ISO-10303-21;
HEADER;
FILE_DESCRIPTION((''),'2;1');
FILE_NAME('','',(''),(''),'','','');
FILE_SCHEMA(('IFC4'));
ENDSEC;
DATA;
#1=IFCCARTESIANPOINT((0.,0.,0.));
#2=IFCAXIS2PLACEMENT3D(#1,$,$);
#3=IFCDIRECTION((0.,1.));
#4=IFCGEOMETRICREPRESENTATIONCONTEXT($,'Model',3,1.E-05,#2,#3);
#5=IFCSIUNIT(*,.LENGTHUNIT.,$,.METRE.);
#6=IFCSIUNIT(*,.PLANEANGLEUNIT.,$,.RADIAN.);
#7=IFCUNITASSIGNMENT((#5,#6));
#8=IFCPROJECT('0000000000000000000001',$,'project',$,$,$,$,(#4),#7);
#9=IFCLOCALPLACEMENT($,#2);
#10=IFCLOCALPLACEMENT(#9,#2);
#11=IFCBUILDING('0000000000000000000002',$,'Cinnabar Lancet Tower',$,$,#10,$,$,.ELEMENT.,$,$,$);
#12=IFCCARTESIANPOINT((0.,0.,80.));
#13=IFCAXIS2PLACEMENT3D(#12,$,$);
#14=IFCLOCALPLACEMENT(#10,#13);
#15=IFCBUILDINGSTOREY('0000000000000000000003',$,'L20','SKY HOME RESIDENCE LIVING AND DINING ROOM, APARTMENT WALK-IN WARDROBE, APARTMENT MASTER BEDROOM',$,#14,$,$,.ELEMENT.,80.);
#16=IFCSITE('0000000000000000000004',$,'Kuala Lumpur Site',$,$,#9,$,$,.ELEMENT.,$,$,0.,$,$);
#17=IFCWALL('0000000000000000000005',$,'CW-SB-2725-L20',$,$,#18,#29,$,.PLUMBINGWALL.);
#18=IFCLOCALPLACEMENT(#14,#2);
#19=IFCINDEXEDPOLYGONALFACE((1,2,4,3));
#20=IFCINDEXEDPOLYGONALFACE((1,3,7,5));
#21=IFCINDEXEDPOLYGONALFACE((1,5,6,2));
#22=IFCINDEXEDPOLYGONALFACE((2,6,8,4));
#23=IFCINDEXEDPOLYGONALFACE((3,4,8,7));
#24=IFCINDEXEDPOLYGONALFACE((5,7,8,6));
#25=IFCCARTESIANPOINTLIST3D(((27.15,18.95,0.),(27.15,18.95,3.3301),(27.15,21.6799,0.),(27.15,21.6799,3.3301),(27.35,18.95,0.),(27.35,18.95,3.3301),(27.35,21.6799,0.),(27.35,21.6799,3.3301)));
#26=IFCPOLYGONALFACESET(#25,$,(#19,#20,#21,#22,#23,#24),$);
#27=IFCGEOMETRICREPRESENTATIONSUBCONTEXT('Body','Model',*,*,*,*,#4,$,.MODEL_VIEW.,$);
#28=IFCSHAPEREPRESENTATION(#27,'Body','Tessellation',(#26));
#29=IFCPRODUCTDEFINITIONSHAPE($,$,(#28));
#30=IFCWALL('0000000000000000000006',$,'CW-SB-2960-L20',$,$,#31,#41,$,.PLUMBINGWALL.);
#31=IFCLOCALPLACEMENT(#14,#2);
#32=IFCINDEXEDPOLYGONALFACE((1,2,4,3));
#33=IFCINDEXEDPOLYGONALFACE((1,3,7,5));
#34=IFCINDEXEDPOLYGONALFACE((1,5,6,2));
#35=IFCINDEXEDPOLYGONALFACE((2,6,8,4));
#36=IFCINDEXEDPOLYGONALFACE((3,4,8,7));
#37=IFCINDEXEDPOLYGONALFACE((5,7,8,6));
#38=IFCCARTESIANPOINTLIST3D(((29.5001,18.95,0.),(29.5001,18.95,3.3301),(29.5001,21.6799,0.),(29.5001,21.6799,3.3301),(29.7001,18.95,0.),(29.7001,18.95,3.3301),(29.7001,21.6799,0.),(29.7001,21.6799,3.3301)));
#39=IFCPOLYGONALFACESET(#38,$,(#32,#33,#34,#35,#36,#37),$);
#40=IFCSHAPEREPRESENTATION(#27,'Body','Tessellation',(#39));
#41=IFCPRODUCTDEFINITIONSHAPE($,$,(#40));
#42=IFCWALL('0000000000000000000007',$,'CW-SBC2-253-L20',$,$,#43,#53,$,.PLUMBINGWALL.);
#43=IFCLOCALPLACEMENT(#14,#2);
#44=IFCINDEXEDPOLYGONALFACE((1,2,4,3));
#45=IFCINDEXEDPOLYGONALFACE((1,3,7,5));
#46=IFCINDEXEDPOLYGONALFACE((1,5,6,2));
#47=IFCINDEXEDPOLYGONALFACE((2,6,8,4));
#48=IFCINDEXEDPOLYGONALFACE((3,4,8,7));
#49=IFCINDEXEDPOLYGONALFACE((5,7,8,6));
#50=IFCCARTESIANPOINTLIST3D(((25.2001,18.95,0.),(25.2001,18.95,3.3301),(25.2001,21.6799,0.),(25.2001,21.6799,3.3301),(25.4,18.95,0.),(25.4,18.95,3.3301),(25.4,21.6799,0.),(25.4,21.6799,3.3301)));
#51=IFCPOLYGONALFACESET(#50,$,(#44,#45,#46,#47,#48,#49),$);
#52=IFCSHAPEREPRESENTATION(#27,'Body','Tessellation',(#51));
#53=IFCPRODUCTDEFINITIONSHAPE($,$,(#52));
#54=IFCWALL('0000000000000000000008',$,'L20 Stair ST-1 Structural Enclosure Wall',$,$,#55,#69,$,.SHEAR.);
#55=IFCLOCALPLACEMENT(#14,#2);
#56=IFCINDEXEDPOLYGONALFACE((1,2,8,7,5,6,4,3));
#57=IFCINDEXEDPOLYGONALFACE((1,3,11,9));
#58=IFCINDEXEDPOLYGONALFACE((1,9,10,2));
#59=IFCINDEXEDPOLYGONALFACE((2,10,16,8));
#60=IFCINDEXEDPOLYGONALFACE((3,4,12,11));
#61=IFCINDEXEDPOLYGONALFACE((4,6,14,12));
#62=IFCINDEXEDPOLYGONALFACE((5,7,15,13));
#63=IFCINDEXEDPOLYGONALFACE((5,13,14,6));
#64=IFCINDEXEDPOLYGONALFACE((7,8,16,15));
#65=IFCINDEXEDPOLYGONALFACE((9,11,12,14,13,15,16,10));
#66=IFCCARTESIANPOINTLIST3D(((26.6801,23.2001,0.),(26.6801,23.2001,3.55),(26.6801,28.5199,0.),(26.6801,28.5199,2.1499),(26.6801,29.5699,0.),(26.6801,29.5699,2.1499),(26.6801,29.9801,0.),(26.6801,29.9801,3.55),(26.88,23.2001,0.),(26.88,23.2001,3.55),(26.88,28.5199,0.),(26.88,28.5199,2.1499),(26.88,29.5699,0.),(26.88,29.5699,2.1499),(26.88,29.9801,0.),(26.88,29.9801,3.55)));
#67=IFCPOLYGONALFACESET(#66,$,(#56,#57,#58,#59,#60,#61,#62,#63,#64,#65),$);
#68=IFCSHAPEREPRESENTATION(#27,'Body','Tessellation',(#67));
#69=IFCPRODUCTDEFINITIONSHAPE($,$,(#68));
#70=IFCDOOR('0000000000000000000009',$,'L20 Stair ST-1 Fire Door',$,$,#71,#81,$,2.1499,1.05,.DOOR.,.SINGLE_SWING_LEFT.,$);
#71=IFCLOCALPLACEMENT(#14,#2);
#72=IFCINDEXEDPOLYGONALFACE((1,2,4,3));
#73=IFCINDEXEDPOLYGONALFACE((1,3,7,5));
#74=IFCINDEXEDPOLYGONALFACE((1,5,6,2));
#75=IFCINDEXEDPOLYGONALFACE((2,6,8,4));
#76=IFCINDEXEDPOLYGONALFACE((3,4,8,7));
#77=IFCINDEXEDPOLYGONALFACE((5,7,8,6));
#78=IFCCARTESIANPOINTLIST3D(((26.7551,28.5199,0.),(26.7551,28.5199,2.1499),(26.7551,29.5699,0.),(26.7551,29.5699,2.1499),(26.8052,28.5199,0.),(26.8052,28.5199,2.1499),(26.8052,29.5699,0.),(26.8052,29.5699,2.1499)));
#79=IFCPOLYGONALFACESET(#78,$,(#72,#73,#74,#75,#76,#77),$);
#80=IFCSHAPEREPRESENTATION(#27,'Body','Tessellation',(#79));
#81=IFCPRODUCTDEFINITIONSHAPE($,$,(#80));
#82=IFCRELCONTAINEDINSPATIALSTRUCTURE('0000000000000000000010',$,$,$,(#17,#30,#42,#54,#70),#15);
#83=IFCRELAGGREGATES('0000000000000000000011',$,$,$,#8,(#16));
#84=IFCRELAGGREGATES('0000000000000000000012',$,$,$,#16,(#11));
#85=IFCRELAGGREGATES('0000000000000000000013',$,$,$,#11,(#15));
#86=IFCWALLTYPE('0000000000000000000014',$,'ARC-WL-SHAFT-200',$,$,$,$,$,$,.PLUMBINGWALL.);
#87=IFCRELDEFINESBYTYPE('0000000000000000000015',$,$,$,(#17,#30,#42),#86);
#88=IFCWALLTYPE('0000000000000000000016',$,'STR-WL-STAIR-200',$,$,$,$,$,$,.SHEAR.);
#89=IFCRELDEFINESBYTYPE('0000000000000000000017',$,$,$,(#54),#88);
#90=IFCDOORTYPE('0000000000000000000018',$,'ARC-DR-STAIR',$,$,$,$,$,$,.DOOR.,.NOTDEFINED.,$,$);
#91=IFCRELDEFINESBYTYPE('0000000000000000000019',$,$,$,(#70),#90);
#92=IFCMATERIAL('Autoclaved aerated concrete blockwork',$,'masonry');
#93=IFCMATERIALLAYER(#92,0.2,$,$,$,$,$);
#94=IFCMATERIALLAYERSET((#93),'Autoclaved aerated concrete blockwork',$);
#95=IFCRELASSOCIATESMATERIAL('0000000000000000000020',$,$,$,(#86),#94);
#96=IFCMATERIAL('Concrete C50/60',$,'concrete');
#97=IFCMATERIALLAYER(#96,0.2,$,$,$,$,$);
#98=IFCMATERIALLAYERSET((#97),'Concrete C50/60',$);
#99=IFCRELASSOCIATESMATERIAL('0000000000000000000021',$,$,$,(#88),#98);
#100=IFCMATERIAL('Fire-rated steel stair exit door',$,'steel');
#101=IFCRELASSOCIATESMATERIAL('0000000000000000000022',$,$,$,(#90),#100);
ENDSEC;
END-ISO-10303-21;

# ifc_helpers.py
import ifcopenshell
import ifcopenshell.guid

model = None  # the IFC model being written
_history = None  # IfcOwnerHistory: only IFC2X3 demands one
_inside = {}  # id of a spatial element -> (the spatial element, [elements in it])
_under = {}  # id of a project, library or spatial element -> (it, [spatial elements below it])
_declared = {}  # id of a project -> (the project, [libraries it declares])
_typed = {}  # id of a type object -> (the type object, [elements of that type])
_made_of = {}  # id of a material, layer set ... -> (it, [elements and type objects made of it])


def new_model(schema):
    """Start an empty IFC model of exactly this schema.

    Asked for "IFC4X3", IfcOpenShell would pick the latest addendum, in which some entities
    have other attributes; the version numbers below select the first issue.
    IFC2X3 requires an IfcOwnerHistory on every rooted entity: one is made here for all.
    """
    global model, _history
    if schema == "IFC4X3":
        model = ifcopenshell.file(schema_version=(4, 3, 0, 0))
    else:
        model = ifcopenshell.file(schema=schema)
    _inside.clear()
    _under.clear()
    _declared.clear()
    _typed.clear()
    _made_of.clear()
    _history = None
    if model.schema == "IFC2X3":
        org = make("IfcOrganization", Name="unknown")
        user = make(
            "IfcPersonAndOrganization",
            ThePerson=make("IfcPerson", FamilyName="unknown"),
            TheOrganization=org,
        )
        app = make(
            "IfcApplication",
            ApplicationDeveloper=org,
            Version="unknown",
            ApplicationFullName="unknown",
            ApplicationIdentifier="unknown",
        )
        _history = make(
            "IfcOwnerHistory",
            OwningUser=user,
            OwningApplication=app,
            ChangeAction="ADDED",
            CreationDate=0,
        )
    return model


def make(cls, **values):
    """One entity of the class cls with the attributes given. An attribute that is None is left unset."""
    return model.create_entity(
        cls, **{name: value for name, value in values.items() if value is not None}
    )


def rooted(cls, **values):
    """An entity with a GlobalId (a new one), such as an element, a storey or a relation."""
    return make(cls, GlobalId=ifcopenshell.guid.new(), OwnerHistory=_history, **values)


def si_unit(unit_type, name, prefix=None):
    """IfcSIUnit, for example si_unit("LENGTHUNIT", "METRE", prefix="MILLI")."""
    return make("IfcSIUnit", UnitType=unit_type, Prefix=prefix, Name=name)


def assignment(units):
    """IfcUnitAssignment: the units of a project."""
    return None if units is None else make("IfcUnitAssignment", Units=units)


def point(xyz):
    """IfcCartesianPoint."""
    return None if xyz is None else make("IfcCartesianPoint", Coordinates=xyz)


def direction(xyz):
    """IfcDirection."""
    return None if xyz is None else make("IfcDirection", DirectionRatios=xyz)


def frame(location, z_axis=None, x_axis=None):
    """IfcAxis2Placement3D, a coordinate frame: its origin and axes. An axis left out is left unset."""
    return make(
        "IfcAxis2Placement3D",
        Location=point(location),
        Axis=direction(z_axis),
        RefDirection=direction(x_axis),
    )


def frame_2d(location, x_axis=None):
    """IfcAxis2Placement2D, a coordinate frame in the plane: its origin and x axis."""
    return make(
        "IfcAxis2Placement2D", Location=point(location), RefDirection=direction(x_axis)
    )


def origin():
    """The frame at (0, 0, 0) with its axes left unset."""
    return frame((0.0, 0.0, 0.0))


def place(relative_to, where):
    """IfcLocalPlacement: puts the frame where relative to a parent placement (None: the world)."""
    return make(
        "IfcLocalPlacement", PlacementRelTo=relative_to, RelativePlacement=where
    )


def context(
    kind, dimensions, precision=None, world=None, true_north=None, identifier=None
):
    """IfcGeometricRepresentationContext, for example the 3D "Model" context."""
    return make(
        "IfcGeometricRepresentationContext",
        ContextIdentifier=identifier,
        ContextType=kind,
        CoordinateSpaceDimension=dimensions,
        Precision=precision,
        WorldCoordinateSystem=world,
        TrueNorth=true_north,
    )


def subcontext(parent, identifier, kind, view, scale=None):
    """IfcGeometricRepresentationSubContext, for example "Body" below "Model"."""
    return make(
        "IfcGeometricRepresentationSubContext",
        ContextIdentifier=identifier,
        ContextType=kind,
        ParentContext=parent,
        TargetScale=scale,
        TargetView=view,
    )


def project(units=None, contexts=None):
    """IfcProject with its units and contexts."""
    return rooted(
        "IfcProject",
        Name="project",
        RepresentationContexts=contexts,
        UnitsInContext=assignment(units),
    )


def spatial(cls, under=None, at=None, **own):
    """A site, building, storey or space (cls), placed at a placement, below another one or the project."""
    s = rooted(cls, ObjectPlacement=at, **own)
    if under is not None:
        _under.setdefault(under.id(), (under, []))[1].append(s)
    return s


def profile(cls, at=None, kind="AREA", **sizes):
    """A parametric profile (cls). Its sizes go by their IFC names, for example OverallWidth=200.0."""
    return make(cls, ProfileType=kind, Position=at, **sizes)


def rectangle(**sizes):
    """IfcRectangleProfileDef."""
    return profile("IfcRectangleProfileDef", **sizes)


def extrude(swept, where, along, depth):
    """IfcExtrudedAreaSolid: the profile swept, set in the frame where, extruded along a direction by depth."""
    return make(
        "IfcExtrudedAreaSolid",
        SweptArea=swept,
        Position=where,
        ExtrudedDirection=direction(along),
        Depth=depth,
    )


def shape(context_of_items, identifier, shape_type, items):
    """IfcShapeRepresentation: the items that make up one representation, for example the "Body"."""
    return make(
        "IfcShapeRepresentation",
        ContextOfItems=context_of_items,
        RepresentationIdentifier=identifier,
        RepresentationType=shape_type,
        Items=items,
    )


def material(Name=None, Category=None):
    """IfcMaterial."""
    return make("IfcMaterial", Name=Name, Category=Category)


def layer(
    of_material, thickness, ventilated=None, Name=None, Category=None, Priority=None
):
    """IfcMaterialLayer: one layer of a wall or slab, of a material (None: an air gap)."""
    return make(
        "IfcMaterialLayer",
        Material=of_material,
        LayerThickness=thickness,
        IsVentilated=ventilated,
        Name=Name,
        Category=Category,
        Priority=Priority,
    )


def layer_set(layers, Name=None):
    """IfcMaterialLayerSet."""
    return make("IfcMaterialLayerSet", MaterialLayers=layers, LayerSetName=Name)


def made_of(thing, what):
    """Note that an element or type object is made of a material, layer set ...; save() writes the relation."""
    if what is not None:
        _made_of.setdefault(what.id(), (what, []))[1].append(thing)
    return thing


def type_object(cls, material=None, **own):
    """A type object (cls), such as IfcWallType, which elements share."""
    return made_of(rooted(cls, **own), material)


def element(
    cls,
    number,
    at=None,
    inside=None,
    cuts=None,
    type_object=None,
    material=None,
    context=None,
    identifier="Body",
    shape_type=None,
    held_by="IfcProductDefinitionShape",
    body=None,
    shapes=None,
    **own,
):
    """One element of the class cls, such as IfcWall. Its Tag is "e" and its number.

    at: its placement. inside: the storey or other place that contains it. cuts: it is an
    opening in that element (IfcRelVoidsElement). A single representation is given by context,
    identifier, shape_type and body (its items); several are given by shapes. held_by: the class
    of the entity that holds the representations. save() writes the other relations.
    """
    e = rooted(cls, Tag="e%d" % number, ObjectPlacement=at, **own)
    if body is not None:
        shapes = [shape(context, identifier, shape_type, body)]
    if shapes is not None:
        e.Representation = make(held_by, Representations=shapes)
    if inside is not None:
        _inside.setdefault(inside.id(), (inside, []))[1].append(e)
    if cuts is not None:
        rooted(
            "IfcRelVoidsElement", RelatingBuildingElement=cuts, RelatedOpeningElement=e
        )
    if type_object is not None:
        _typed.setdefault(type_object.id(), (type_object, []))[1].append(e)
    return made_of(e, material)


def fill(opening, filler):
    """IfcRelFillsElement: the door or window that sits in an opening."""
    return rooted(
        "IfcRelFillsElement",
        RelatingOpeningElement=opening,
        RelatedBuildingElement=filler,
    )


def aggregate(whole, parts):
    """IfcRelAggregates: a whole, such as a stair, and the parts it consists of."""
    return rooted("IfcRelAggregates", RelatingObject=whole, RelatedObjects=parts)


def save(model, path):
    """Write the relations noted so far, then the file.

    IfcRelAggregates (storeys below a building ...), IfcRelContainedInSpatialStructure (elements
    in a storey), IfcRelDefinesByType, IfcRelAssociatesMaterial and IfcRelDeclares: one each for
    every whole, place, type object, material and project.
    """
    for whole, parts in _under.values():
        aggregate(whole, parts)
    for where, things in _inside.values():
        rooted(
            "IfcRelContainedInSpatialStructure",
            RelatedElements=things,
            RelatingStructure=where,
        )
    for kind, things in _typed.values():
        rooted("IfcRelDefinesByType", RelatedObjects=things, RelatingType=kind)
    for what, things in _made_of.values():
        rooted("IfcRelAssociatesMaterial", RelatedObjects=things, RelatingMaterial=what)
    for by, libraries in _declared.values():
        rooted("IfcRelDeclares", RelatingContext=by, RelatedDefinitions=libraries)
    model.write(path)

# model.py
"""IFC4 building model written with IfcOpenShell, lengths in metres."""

from ifc_helpers import new_model, si_unit, direction, frame, frame_2d, origin, place, context, subcontext, project, spatial, rectangle, extrude, material, layer, layer_set, type_object, element, fill, save


model = new_model("IFC4")

# Units and contexts
model_context = context("Model", 3, precision=1e-05, world=origin(), true_north=direction((0.0, 1.0)))
body_context = subcontext(model_context, "Body", "Model", "MODEL_VIEW")
ifc_project = project(units=[si_unit("LENGTHUNIT", "METRE"), si_unit("PLANEANGLEUNIT", "RADIAN")], contexts=[model_context])

# Site, building, storey
site_placement = place(None, origin())
site = spatial("IfcSite", under=ifc_project, at=site_placement, Name="Kuala Lumpur Site", CompositionType="ELEMENT", RefElevation=0.0)
building_placement = place(site_placement, origin())
building = spatial("IfcBuilding", under=site, at=building_placement, Name="Cinnabar Lancet Tower", CompositionType="ELEMENT")
storey_placement = place(building_placement, frame((0.0, 0.0, 80.0)))
storey = spatial("IfcBuildingStorey", under=building, at=storey_placement, Name="L20", Description="SKY HOME RESIDENCE LIVING AND DINING ROOM, APARTMENT WALK-IN WARDROBE, APARTMENT MASTER BEDROOM", CompositionType="ELEMENT", Elevation=80.0)

# Shared definitions
ifc_material_1 = material(Name="Autoclaved aerated concrete blockwork", Category="masonry")
ifc_layer_1 = layer(ifc_material_1, 0.2)
ifc_layer_set_1 = layer_set([ifc_layer_1], Name="Autoclaved aerated concrete blockwork")
wall_type_1 = type_object("IfcWallType", Name="ARC-WL-SHAFT-200", PredefinedType="PLUMBINGWALL", material=ifc_layer_set_1)

# Walls
for number, where, z_axis, x_axis, name in (
    (1, (27.25, 18.95, 0.0), (0.0, 0.0, 1.0), (0.0, 1.0, 0.0), "CW-SB-2725-L20"),
    (2, (29.6001, 18.95, 0.0), (0.0, 0.0, 1.0), (0.0, 1.0, 0.0), "CW-SB-2960-L20"),
    (3, (25.3, 18.95, 0.0), (0.0, 0.0, 1.0), (0.0, 1.0, 0.0), "CW-SBC2-253-L20"),
):
    element("IfcWall", number, at=place(storey_placement, frame(where, z_axis=z_axis, x_axis=x_axis)), inside=storey, type_object=wall_type_1, Name=name, PredefinedType="PLUMBINGWALL", context=body_context, shape_type="SweptSolid", body=[
        extrude(rectangle(XDim=2.73, YDim=0.2, at=frame_2d((1.365, 0.0))), origin(), (0.0, 0.0, 1.0), 3.3301),
    ])

# Wall, opening, door
ifc_material_2 = material(Name="Concrete C50/60", Category="concrete")
ifc_layer_2 = layer(ifc_material_2, 0.2)
ifc_layer_set_2 = layer_set([ifc_layer_2], Name="Concrete C50/60")
wall_type_2 = type_object("IfcWallType", Name="STR-WL-STAIR-200", PredefinedType="SHEAR", material=ifc_layer_set_2)
wall_1_placement = place(storey_placement, frame((26.78, 23.2, 0.0), z_axis=(0.0, 0.0, 1.0), x_axis=(0.0, 1.0, 0.0)))
wall_1 = element("IfcWall", 4, at=wall_1_placement, inside=storey, type_object=wall_type_2, Name="L20 Stair ST-1 Structural Enclosure Wall", PredefinedType="SHEAR", context=body_context, shape_type="SweptSolid", body=[
    extrude(rectangle(XDim=6.78, YDim=0.2, at=frame_2d((3.3901, 0.0))), origin(), (0.0, 0.0, 1.0), 3.55),
])
opening_1_placement = place(wall_1_placement, frame((5.3201, 0.0, 0.0)))
opening_1 = element("IfcOpeningElement", 5, at=opening_1_placement, cuts=wall_1, PredefinedType="OPENING", context=body_context, shape_type="SweptSolid", body=[
    extrude(rectangle(XDim=1.05, YDim=2.1499, at=frame_2d((0.5249, 1.075))), frame((0.0, 0.1099, 0.0), z_axis=(0.0, -1.0, 0.0), x_axis=(1.0, 0.0, 0.0)), (0.0, 0.0, 1.0), 0.22),
])
ifc_material_3 = material(Name="Fire-rated steel stair exit door", Category="steel")
door_type_1 = type_object("IfcDoorType", Name="ARC-DR-STAIR", OperationType="NOTDEFINED", PredefinedType="DOOR", material=ifc_material_3)
door_1_placement = place(opening_1_placement, origin())
door_1 = element("IfcDoor", 6, at=door_1_placement, inside=storey, type_object=door_type_1, Name="L20 Stair ST-1 Fire Door", OperationType="SINGLE_SWING_LEFT", OverallHeight=2.1499, OverallWidth=1.05, PredefinedType="DOOR", context=body_context, shape_type="SweptSolid", body=[
    extrude(rectangle(XDim=1.05, YDim=2.1499, at=frame_2d((0.5249, 1.075))), frame((0.0, 0.0249, 0.0), z_axis=(0.0, -1.0, 0.0), x_axis=(1.0, 0.0, 0.0)), (0.0, 0.0, 1.0), 0.05),
])
fill(opening_1, door_1)

save(model, "model.ifc")
